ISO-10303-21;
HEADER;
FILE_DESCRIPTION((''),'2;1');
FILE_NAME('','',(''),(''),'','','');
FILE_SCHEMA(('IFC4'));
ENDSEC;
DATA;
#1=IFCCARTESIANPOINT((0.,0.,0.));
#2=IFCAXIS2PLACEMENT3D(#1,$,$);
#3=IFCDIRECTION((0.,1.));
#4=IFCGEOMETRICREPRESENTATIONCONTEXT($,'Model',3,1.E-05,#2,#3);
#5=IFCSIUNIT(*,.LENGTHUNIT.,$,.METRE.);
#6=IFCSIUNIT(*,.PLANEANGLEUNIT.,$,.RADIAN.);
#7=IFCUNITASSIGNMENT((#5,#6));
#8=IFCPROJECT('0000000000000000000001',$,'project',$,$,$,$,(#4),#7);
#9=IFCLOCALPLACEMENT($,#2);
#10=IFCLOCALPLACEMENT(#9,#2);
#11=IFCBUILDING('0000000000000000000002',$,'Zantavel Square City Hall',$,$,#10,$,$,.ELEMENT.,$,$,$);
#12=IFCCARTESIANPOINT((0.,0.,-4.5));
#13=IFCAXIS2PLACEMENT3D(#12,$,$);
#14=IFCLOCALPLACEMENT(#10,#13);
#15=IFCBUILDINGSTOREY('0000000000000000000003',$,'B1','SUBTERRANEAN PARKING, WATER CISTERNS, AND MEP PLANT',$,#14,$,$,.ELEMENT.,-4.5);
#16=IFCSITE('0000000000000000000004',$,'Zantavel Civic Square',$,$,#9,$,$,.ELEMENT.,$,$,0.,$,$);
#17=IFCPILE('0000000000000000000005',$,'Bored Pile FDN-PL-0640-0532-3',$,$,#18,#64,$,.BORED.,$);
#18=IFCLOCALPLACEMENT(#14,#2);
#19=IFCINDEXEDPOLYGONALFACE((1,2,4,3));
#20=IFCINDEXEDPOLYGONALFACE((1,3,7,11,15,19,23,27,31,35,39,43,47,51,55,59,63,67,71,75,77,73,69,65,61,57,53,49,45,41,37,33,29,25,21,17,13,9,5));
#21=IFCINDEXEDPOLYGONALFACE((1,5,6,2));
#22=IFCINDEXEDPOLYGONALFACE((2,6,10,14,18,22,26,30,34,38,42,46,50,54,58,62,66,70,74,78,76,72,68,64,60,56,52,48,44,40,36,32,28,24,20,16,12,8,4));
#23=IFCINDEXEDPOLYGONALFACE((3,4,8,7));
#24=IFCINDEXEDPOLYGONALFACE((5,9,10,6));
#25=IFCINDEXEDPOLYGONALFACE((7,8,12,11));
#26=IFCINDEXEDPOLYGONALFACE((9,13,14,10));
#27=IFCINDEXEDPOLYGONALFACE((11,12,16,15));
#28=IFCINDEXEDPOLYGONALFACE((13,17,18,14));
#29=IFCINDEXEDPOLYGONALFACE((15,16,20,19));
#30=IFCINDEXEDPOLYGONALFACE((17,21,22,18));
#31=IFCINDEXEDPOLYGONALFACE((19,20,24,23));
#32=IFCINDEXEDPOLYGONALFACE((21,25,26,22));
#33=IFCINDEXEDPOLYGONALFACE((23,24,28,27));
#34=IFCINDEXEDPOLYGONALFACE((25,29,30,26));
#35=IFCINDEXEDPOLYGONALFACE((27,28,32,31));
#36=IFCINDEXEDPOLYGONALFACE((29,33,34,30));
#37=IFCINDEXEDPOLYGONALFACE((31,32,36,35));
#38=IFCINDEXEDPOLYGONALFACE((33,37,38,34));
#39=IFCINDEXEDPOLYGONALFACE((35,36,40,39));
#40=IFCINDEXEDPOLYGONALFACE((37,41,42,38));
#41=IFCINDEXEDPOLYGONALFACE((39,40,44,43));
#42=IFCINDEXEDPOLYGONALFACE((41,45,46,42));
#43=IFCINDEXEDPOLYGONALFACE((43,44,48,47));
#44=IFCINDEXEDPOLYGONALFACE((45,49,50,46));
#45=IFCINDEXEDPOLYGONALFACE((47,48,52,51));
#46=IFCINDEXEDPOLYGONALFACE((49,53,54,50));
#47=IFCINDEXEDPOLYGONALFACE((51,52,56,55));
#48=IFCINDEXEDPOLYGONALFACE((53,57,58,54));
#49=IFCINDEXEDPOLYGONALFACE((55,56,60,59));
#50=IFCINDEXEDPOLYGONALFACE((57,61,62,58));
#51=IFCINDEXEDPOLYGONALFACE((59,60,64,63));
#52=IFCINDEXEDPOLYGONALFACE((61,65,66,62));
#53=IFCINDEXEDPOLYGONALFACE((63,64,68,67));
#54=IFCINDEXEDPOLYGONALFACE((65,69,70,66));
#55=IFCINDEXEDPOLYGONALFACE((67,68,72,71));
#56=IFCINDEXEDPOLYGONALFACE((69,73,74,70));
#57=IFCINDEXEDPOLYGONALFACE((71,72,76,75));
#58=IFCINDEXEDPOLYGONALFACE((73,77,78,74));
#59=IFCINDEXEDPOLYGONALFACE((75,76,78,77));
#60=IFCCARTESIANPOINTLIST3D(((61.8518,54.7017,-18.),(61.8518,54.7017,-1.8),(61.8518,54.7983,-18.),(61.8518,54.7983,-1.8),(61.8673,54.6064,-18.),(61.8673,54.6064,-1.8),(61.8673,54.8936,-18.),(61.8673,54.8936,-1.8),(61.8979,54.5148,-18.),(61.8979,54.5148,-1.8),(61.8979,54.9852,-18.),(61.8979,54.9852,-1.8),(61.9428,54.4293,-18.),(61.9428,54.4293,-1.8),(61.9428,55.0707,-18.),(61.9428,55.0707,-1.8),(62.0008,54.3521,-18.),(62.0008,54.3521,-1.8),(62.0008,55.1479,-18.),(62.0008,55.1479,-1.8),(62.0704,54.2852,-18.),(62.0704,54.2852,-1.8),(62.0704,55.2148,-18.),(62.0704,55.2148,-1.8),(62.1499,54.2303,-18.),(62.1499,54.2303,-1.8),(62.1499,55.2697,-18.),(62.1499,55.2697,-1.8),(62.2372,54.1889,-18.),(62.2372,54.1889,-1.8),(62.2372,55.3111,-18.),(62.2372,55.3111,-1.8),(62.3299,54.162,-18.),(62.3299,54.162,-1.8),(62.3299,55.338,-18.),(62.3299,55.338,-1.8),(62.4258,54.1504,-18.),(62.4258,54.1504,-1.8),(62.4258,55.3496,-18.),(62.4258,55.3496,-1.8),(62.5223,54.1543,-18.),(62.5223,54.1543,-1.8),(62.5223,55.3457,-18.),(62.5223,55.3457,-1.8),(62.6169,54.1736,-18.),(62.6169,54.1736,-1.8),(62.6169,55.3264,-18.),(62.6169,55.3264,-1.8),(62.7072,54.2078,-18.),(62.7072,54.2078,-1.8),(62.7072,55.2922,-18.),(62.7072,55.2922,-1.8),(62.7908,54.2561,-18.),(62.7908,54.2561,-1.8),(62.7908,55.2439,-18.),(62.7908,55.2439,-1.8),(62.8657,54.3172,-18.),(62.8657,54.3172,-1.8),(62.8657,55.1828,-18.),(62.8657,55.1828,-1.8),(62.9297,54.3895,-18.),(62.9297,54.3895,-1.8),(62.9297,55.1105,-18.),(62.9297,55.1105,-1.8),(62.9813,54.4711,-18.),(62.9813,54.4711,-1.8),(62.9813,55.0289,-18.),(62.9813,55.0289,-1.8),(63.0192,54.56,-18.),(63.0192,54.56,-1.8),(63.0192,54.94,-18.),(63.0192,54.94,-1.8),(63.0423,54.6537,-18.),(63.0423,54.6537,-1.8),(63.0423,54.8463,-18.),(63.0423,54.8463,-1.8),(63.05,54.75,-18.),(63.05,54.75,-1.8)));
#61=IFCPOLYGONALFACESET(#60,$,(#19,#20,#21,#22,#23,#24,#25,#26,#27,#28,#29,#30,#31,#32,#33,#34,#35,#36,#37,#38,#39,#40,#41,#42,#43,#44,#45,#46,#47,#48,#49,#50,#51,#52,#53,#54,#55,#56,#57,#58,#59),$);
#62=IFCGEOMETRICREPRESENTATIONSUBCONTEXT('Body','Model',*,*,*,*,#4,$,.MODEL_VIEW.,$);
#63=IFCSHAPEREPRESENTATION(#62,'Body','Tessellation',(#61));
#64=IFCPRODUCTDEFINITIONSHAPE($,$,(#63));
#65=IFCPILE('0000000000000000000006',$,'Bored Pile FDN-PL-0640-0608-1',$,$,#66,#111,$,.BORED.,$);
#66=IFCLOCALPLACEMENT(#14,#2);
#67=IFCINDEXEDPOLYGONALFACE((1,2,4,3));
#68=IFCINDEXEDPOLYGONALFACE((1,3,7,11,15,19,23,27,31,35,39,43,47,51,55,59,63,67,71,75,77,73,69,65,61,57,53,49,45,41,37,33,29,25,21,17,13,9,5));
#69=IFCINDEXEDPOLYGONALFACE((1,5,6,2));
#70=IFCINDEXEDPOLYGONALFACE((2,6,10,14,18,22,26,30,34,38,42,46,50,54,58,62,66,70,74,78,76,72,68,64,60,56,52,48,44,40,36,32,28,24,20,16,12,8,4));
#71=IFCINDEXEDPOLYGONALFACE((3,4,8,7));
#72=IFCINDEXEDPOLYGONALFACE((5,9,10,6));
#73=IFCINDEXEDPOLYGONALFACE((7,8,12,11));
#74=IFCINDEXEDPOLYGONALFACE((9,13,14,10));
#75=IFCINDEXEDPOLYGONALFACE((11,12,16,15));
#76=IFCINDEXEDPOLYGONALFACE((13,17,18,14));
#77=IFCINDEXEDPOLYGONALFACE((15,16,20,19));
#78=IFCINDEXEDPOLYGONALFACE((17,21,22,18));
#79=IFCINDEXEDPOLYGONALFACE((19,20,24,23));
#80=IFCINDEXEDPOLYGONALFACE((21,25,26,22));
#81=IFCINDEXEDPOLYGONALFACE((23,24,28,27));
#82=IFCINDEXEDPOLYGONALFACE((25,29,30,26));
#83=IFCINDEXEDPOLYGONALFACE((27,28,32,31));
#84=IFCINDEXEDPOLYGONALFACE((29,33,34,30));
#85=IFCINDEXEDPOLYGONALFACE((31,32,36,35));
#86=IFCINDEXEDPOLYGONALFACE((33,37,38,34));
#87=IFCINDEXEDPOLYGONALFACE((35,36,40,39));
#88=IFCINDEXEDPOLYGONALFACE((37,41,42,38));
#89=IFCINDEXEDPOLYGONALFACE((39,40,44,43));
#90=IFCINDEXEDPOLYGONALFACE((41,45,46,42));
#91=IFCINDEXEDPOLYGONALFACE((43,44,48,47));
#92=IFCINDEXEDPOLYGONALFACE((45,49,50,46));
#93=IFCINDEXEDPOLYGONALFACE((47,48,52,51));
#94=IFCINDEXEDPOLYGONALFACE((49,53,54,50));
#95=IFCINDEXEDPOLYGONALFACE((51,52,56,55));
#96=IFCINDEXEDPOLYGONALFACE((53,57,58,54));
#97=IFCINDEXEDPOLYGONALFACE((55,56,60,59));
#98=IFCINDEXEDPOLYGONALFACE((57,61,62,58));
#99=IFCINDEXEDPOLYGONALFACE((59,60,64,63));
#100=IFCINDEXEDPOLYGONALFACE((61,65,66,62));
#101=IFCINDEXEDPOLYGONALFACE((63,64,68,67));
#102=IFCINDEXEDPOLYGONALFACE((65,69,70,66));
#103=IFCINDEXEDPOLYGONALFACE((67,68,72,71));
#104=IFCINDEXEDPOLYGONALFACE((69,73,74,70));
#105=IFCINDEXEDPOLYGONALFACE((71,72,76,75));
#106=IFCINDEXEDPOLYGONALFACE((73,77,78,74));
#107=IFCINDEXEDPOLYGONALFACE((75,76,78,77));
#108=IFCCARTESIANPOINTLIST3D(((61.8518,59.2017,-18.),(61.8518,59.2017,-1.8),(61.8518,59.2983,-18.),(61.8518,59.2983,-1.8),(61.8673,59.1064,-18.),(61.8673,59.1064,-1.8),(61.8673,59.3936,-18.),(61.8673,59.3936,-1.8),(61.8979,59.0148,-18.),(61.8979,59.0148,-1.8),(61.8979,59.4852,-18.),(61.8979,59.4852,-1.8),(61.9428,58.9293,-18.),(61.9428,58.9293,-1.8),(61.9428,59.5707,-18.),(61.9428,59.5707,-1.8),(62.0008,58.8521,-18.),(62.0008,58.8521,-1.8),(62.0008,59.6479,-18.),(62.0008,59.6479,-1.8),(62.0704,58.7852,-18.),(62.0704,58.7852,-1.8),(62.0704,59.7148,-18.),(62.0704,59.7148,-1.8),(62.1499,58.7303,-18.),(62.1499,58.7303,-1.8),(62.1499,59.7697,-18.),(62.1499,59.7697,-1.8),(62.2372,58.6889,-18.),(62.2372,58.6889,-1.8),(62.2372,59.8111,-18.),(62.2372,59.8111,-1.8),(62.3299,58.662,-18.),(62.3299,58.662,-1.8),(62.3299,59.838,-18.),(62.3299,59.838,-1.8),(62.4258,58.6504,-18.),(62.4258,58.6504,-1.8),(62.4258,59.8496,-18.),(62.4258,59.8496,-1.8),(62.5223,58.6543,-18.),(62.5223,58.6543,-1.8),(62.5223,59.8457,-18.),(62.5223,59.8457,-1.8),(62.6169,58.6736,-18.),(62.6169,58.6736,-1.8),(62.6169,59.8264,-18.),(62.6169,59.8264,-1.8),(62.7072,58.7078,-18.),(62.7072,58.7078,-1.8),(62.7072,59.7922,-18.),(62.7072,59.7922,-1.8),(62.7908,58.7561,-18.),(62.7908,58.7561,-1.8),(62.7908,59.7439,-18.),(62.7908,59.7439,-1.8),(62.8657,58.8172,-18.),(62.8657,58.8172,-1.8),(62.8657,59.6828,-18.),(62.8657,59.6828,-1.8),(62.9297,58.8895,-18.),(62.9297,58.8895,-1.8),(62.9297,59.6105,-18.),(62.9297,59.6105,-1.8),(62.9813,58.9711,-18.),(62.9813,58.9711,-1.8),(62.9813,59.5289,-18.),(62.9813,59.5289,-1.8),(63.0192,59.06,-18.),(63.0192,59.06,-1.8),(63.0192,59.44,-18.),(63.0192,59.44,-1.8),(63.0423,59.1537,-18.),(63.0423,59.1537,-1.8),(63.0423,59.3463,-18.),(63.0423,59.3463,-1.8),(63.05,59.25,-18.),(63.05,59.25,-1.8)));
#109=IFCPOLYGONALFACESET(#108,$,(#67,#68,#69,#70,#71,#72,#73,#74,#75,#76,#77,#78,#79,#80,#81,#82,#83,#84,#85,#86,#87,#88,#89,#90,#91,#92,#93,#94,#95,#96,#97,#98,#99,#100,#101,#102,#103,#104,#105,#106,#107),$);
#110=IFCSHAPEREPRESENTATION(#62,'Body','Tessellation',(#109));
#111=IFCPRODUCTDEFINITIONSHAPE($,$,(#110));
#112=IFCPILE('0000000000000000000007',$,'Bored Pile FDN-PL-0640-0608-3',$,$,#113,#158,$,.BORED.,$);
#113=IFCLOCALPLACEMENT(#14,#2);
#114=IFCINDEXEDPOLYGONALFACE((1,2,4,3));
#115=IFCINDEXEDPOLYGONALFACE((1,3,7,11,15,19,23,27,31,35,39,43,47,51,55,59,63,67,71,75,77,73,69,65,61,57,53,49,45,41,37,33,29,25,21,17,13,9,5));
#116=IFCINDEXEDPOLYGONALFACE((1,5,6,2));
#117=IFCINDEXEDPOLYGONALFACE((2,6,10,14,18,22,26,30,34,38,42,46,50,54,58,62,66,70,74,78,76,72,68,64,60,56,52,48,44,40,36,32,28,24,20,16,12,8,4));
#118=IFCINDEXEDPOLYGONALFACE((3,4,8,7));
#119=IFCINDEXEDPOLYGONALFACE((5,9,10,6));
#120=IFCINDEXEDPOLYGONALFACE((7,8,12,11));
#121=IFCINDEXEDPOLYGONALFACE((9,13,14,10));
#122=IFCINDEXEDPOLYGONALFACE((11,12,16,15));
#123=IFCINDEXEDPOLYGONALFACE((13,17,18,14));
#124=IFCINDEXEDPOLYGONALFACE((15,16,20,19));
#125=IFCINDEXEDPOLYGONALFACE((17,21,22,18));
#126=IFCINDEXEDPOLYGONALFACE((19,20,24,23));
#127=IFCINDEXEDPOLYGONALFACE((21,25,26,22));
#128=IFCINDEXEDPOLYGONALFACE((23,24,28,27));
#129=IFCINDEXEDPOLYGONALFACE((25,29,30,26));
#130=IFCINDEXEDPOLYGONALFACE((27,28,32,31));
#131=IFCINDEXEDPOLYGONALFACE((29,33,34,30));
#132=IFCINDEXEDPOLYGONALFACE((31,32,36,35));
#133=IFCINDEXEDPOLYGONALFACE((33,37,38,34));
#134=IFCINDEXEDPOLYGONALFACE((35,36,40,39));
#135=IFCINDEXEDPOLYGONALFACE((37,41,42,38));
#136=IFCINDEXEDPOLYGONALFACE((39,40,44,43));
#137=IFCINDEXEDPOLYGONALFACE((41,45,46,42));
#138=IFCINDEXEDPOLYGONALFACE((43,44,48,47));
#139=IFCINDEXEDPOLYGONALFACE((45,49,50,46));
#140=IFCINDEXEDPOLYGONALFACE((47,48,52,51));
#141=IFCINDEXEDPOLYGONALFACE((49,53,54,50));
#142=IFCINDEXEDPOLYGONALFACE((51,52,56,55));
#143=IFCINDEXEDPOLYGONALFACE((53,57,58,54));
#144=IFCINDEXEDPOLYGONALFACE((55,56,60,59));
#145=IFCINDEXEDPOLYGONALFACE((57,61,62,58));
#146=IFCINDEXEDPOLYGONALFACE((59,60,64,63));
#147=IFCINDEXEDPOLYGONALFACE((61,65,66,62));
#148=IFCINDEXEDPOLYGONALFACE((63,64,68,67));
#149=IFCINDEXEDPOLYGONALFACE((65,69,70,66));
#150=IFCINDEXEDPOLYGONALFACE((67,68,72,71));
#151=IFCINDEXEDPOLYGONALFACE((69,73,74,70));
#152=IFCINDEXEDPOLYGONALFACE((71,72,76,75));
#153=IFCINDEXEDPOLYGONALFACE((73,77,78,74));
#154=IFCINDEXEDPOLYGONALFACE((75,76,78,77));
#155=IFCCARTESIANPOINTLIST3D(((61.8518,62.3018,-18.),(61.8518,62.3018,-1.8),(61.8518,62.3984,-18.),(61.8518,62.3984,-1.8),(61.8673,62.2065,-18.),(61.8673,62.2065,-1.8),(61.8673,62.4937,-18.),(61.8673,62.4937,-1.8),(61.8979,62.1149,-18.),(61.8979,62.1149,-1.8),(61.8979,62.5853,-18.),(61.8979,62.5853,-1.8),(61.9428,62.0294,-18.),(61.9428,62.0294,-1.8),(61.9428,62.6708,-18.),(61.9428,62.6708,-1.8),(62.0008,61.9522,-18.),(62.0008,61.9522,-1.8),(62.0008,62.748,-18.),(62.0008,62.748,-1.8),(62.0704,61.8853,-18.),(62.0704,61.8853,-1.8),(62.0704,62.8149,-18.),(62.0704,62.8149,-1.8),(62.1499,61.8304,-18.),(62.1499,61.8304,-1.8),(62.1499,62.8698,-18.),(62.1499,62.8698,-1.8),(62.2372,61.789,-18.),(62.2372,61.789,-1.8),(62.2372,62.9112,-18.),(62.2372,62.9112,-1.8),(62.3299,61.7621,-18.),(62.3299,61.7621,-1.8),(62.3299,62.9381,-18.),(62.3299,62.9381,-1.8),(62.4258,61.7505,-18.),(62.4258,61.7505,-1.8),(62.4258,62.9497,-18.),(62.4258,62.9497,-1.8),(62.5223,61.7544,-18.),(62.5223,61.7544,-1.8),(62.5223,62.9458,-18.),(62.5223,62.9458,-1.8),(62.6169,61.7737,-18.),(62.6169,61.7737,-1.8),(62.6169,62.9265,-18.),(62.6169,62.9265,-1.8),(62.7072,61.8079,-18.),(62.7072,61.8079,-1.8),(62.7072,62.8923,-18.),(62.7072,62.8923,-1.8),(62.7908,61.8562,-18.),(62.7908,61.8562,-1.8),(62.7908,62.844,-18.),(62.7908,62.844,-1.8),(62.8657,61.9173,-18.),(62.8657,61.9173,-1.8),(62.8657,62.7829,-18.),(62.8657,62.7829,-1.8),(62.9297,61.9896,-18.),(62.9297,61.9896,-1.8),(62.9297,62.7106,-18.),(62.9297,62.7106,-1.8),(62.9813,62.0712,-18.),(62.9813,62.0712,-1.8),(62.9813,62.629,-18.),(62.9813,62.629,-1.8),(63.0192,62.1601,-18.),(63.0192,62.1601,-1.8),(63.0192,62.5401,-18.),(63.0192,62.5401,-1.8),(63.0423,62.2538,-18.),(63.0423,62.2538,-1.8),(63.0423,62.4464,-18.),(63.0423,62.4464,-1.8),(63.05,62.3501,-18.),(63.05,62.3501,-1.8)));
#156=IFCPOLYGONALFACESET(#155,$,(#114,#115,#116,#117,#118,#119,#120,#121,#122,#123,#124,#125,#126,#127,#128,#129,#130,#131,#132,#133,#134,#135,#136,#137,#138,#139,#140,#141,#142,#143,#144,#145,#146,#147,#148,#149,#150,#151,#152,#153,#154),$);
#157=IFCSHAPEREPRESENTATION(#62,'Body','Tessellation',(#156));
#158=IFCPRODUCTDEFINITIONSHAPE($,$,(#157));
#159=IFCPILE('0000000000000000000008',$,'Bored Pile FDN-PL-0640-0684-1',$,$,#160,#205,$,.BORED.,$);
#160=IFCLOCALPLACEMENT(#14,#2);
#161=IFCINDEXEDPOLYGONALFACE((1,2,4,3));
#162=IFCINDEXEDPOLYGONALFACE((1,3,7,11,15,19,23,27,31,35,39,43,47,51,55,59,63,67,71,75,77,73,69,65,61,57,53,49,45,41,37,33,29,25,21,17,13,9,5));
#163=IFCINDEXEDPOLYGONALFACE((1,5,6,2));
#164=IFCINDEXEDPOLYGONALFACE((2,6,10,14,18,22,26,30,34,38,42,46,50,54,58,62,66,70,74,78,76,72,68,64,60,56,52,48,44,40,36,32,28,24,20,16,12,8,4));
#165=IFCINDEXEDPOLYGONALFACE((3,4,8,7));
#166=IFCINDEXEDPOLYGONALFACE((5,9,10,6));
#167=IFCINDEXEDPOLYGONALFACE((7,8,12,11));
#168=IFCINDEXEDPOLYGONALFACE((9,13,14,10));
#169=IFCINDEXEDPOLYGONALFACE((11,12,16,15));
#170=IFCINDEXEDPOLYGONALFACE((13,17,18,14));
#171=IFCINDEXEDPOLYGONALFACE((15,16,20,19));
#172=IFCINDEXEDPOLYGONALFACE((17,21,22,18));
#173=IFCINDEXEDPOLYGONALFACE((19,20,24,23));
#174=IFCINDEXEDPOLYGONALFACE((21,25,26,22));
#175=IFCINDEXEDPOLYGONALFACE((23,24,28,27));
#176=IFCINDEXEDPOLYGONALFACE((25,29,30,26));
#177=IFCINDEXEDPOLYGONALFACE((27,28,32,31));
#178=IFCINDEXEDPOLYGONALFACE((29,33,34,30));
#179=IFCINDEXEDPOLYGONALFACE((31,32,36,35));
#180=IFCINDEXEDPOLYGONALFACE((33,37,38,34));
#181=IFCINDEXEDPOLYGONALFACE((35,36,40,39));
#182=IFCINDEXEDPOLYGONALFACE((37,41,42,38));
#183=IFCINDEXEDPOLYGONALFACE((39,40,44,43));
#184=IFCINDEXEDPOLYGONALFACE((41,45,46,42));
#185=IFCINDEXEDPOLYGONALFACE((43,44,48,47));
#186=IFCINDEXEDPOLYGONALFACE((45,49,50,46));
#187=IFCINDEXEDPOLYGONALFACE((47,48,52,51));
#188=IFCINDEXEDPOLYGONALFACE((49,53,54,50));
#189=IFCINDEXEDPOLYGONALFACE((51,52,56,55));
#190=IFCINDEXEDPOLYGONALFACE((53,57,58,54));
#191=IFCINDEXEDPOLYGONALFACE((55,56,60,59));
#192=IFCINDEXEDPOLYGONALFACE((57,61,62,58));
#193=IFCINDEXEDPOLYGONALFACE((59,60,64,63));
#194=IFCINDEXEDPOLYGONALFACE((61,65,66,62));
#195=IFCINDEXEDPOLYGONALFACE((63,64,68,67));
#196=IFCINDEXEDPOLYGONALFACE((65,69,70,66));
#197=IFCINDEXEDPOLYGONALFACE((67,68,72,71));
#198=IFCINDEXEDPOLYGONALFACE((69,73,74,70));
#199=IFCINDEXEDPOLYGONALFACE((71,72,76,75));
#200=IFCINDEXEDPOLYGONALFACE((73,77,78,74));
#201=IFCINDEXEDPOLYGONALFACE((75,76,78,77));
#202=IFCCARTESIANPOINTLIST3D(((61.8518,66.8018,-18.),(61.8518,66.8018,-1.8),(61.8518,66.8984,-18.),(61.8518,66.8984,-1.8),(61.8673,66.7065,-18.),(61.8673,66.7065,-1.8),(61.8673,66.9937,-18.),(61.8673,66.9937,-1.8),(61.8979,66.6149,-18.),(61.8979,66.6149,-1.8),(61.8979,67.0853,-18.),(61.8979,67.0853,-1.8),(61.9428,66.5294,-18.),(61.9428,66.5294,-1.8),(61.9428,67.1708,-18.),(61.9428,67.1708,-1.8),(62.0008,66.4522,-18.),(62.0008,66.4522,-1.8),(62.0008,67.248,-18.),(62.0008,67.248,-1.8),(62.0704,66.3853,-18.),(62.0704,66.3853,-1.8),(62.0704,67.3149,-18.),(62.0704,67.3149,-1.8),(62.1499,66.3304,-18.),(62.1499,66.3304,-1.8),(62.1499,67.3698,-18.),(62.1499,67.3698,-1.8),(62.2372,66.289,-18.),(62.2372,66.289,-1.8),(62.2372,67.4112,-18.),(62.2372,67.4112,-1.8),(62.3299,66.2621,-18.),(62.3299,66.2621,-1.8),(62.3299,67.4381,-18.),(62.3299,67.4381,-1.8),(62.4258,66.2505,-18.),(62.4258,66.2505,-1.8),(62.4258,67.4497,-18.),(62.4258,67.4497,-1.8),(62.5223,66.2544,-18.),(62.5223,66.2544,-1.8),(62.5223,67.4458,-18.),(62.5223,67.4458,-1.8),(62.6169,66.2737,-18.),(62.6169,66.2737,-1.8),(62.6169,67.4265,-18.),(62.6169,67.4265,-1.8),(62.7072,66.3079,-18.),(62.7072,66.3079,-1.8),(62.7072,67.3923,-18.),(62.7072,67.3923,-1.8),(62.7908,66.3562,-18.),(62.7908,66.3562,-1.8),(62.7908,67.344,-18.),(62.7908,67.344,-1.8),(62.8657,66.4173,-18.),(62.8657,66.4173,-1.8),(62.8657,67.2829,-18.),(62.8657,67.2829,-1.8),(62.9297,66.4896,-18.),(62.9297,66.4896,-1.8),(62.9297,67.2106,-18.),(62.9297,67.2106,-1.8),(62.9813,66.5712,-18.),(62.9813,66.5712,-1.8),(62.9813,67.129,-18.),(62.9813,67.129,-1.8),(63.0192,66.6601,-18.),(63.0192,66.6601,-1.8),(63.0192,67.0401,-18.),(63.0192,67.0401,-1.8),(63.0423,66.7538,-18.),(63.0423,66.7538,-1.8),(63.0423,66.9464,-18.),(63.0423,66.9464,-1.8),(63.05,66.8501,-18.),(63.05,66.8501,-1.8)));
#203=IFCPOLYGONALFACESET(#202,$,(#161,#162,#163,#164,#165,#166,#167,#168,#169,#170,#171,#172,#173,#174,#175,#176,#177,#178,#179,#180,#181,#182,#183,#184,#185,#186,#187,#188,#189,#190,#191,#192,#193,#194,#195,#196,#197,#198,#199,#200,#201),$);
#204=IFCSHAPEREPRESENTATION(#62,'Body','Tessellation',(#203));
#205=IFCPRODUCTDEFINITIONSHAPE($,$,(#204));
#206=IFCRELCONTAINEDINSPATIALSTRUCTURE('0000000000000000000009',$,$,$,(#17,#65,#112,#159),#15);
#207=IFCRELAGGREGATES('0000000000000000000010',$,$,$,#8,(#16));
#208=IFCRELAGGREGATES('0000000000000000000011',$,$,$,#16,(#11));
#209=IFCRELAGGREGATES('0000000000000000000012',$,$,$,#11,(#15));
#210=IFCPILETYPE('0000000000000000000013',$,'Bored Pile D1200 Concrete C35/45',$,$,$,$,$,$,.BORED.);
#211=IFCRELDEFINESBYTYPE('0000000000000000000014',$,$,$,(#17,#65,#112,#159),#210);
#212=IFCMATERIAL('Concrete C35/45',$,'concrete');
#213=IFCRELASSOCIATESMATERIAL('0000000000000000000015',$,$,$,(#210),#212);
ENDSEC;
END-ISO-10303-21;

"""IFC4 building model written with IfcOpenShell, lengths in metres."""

from ifc_helpers import new_model, si_unit, direction, frame, origin, origin_2d, place, context, subcontext, project, spatial, circle, extrude, material, material_profile, profile_set, type_object, element, save


model = new_model("IFC4")

# Units and contexts
model_context = context("Model", 3, precision=1e-05, world=origin(), true_north=direction((0.0, 1.0)))
body_context = subcontext(model_context, "Body", "Model", "MODEL_VIEW")
ifc_project = project(units=[si_unit("LENGTHUNIT", "METRE"), si_unit("PLANEANGLEUNIT", "RADIAN")], contexts=[model_context])

# Site, building, storey
site_placement = place(None, origin())
site = spatial("IfcSite", under=ifc_project, at=site_placement, Name="Zantavel Civic Square", CompositionType="ELEMENT", RefElevation=0.0)
building_placement = place(site_placement, origin())
building = spatial("IfcBuilding", under=site, at=building_placement, Name="Zantavel Square City Hall", CompositionType="ELEMENT")
storey_placement = place(building_placement, frame((0.0, 0.0, -4.5)))
storey = spatial("IfcBuildingStorey", under=building, at=storey_placement, Name="B1", Description="SUBTERRANEAN PARKING, WATER CISTERNS, AND MEP PLANT", CompositionType="ELEMENT", Elevation=-4.5)

# Piles
ifc_material_1 = material(Name="Concrete C35/45", Category="concrete")
ifc_material_profile_1 = material_profile(ifc_material_1, circle(Radius=0.6001, at=origin_2d()), Name="PILE D1200")
ifc_profile_set_1 = profile_set([ifc_material_profile_1], Name="Concrete C35/45")
pile_type_1 = type_object("IfcPileType", Name="Bored Pile D1200 Concrete C35/45", PredefinedType="BORED", material=ifc_profile_set_1)
for number, where, z_axis, x_axis, name in (
    (1, (62.45, 54.75, -1.8), (0.0, 0.0, -1.0), (1.0, 0.0, 0.0), "Bored Pile FDN-PL-0640-0532-3"),
    (2, (62.45, 59.25, -1.8), (0.0, 0.0, -1.0), (1.0, 0.0, 0.0), "Bored Pile FDN-PL-0640-0608-1"),
    (3, (62.45, 62.3501, -1.8), (0.0, 0.0, -1.0), (1.0, 0.0, 0.0), "Bored Pile FDN-PL-0640-0608-3"),
    (4, (62.45, 66.8501, -1.8), (0.0, 0.0, -1.0), (1.0, 0.0, 0.0), "Bored Pile FDN-PL-0640-0684-1"),
):
    element("IfcPile", number, at=place(storey_placement, frame(where, z_axis=z_axis, x_axis=x_axis)), inside=storey, type_object=pile_type_1, Name=name, PredefinedType="BORED", context=body_context, shape_type="SweptSolid", body=[
        extrude(circle(Radius=0.6001, at=origin_2d()), origin(), (0.0, 0.0, 1.0), 16.2),
    ])

save(model, "model.ifc")
